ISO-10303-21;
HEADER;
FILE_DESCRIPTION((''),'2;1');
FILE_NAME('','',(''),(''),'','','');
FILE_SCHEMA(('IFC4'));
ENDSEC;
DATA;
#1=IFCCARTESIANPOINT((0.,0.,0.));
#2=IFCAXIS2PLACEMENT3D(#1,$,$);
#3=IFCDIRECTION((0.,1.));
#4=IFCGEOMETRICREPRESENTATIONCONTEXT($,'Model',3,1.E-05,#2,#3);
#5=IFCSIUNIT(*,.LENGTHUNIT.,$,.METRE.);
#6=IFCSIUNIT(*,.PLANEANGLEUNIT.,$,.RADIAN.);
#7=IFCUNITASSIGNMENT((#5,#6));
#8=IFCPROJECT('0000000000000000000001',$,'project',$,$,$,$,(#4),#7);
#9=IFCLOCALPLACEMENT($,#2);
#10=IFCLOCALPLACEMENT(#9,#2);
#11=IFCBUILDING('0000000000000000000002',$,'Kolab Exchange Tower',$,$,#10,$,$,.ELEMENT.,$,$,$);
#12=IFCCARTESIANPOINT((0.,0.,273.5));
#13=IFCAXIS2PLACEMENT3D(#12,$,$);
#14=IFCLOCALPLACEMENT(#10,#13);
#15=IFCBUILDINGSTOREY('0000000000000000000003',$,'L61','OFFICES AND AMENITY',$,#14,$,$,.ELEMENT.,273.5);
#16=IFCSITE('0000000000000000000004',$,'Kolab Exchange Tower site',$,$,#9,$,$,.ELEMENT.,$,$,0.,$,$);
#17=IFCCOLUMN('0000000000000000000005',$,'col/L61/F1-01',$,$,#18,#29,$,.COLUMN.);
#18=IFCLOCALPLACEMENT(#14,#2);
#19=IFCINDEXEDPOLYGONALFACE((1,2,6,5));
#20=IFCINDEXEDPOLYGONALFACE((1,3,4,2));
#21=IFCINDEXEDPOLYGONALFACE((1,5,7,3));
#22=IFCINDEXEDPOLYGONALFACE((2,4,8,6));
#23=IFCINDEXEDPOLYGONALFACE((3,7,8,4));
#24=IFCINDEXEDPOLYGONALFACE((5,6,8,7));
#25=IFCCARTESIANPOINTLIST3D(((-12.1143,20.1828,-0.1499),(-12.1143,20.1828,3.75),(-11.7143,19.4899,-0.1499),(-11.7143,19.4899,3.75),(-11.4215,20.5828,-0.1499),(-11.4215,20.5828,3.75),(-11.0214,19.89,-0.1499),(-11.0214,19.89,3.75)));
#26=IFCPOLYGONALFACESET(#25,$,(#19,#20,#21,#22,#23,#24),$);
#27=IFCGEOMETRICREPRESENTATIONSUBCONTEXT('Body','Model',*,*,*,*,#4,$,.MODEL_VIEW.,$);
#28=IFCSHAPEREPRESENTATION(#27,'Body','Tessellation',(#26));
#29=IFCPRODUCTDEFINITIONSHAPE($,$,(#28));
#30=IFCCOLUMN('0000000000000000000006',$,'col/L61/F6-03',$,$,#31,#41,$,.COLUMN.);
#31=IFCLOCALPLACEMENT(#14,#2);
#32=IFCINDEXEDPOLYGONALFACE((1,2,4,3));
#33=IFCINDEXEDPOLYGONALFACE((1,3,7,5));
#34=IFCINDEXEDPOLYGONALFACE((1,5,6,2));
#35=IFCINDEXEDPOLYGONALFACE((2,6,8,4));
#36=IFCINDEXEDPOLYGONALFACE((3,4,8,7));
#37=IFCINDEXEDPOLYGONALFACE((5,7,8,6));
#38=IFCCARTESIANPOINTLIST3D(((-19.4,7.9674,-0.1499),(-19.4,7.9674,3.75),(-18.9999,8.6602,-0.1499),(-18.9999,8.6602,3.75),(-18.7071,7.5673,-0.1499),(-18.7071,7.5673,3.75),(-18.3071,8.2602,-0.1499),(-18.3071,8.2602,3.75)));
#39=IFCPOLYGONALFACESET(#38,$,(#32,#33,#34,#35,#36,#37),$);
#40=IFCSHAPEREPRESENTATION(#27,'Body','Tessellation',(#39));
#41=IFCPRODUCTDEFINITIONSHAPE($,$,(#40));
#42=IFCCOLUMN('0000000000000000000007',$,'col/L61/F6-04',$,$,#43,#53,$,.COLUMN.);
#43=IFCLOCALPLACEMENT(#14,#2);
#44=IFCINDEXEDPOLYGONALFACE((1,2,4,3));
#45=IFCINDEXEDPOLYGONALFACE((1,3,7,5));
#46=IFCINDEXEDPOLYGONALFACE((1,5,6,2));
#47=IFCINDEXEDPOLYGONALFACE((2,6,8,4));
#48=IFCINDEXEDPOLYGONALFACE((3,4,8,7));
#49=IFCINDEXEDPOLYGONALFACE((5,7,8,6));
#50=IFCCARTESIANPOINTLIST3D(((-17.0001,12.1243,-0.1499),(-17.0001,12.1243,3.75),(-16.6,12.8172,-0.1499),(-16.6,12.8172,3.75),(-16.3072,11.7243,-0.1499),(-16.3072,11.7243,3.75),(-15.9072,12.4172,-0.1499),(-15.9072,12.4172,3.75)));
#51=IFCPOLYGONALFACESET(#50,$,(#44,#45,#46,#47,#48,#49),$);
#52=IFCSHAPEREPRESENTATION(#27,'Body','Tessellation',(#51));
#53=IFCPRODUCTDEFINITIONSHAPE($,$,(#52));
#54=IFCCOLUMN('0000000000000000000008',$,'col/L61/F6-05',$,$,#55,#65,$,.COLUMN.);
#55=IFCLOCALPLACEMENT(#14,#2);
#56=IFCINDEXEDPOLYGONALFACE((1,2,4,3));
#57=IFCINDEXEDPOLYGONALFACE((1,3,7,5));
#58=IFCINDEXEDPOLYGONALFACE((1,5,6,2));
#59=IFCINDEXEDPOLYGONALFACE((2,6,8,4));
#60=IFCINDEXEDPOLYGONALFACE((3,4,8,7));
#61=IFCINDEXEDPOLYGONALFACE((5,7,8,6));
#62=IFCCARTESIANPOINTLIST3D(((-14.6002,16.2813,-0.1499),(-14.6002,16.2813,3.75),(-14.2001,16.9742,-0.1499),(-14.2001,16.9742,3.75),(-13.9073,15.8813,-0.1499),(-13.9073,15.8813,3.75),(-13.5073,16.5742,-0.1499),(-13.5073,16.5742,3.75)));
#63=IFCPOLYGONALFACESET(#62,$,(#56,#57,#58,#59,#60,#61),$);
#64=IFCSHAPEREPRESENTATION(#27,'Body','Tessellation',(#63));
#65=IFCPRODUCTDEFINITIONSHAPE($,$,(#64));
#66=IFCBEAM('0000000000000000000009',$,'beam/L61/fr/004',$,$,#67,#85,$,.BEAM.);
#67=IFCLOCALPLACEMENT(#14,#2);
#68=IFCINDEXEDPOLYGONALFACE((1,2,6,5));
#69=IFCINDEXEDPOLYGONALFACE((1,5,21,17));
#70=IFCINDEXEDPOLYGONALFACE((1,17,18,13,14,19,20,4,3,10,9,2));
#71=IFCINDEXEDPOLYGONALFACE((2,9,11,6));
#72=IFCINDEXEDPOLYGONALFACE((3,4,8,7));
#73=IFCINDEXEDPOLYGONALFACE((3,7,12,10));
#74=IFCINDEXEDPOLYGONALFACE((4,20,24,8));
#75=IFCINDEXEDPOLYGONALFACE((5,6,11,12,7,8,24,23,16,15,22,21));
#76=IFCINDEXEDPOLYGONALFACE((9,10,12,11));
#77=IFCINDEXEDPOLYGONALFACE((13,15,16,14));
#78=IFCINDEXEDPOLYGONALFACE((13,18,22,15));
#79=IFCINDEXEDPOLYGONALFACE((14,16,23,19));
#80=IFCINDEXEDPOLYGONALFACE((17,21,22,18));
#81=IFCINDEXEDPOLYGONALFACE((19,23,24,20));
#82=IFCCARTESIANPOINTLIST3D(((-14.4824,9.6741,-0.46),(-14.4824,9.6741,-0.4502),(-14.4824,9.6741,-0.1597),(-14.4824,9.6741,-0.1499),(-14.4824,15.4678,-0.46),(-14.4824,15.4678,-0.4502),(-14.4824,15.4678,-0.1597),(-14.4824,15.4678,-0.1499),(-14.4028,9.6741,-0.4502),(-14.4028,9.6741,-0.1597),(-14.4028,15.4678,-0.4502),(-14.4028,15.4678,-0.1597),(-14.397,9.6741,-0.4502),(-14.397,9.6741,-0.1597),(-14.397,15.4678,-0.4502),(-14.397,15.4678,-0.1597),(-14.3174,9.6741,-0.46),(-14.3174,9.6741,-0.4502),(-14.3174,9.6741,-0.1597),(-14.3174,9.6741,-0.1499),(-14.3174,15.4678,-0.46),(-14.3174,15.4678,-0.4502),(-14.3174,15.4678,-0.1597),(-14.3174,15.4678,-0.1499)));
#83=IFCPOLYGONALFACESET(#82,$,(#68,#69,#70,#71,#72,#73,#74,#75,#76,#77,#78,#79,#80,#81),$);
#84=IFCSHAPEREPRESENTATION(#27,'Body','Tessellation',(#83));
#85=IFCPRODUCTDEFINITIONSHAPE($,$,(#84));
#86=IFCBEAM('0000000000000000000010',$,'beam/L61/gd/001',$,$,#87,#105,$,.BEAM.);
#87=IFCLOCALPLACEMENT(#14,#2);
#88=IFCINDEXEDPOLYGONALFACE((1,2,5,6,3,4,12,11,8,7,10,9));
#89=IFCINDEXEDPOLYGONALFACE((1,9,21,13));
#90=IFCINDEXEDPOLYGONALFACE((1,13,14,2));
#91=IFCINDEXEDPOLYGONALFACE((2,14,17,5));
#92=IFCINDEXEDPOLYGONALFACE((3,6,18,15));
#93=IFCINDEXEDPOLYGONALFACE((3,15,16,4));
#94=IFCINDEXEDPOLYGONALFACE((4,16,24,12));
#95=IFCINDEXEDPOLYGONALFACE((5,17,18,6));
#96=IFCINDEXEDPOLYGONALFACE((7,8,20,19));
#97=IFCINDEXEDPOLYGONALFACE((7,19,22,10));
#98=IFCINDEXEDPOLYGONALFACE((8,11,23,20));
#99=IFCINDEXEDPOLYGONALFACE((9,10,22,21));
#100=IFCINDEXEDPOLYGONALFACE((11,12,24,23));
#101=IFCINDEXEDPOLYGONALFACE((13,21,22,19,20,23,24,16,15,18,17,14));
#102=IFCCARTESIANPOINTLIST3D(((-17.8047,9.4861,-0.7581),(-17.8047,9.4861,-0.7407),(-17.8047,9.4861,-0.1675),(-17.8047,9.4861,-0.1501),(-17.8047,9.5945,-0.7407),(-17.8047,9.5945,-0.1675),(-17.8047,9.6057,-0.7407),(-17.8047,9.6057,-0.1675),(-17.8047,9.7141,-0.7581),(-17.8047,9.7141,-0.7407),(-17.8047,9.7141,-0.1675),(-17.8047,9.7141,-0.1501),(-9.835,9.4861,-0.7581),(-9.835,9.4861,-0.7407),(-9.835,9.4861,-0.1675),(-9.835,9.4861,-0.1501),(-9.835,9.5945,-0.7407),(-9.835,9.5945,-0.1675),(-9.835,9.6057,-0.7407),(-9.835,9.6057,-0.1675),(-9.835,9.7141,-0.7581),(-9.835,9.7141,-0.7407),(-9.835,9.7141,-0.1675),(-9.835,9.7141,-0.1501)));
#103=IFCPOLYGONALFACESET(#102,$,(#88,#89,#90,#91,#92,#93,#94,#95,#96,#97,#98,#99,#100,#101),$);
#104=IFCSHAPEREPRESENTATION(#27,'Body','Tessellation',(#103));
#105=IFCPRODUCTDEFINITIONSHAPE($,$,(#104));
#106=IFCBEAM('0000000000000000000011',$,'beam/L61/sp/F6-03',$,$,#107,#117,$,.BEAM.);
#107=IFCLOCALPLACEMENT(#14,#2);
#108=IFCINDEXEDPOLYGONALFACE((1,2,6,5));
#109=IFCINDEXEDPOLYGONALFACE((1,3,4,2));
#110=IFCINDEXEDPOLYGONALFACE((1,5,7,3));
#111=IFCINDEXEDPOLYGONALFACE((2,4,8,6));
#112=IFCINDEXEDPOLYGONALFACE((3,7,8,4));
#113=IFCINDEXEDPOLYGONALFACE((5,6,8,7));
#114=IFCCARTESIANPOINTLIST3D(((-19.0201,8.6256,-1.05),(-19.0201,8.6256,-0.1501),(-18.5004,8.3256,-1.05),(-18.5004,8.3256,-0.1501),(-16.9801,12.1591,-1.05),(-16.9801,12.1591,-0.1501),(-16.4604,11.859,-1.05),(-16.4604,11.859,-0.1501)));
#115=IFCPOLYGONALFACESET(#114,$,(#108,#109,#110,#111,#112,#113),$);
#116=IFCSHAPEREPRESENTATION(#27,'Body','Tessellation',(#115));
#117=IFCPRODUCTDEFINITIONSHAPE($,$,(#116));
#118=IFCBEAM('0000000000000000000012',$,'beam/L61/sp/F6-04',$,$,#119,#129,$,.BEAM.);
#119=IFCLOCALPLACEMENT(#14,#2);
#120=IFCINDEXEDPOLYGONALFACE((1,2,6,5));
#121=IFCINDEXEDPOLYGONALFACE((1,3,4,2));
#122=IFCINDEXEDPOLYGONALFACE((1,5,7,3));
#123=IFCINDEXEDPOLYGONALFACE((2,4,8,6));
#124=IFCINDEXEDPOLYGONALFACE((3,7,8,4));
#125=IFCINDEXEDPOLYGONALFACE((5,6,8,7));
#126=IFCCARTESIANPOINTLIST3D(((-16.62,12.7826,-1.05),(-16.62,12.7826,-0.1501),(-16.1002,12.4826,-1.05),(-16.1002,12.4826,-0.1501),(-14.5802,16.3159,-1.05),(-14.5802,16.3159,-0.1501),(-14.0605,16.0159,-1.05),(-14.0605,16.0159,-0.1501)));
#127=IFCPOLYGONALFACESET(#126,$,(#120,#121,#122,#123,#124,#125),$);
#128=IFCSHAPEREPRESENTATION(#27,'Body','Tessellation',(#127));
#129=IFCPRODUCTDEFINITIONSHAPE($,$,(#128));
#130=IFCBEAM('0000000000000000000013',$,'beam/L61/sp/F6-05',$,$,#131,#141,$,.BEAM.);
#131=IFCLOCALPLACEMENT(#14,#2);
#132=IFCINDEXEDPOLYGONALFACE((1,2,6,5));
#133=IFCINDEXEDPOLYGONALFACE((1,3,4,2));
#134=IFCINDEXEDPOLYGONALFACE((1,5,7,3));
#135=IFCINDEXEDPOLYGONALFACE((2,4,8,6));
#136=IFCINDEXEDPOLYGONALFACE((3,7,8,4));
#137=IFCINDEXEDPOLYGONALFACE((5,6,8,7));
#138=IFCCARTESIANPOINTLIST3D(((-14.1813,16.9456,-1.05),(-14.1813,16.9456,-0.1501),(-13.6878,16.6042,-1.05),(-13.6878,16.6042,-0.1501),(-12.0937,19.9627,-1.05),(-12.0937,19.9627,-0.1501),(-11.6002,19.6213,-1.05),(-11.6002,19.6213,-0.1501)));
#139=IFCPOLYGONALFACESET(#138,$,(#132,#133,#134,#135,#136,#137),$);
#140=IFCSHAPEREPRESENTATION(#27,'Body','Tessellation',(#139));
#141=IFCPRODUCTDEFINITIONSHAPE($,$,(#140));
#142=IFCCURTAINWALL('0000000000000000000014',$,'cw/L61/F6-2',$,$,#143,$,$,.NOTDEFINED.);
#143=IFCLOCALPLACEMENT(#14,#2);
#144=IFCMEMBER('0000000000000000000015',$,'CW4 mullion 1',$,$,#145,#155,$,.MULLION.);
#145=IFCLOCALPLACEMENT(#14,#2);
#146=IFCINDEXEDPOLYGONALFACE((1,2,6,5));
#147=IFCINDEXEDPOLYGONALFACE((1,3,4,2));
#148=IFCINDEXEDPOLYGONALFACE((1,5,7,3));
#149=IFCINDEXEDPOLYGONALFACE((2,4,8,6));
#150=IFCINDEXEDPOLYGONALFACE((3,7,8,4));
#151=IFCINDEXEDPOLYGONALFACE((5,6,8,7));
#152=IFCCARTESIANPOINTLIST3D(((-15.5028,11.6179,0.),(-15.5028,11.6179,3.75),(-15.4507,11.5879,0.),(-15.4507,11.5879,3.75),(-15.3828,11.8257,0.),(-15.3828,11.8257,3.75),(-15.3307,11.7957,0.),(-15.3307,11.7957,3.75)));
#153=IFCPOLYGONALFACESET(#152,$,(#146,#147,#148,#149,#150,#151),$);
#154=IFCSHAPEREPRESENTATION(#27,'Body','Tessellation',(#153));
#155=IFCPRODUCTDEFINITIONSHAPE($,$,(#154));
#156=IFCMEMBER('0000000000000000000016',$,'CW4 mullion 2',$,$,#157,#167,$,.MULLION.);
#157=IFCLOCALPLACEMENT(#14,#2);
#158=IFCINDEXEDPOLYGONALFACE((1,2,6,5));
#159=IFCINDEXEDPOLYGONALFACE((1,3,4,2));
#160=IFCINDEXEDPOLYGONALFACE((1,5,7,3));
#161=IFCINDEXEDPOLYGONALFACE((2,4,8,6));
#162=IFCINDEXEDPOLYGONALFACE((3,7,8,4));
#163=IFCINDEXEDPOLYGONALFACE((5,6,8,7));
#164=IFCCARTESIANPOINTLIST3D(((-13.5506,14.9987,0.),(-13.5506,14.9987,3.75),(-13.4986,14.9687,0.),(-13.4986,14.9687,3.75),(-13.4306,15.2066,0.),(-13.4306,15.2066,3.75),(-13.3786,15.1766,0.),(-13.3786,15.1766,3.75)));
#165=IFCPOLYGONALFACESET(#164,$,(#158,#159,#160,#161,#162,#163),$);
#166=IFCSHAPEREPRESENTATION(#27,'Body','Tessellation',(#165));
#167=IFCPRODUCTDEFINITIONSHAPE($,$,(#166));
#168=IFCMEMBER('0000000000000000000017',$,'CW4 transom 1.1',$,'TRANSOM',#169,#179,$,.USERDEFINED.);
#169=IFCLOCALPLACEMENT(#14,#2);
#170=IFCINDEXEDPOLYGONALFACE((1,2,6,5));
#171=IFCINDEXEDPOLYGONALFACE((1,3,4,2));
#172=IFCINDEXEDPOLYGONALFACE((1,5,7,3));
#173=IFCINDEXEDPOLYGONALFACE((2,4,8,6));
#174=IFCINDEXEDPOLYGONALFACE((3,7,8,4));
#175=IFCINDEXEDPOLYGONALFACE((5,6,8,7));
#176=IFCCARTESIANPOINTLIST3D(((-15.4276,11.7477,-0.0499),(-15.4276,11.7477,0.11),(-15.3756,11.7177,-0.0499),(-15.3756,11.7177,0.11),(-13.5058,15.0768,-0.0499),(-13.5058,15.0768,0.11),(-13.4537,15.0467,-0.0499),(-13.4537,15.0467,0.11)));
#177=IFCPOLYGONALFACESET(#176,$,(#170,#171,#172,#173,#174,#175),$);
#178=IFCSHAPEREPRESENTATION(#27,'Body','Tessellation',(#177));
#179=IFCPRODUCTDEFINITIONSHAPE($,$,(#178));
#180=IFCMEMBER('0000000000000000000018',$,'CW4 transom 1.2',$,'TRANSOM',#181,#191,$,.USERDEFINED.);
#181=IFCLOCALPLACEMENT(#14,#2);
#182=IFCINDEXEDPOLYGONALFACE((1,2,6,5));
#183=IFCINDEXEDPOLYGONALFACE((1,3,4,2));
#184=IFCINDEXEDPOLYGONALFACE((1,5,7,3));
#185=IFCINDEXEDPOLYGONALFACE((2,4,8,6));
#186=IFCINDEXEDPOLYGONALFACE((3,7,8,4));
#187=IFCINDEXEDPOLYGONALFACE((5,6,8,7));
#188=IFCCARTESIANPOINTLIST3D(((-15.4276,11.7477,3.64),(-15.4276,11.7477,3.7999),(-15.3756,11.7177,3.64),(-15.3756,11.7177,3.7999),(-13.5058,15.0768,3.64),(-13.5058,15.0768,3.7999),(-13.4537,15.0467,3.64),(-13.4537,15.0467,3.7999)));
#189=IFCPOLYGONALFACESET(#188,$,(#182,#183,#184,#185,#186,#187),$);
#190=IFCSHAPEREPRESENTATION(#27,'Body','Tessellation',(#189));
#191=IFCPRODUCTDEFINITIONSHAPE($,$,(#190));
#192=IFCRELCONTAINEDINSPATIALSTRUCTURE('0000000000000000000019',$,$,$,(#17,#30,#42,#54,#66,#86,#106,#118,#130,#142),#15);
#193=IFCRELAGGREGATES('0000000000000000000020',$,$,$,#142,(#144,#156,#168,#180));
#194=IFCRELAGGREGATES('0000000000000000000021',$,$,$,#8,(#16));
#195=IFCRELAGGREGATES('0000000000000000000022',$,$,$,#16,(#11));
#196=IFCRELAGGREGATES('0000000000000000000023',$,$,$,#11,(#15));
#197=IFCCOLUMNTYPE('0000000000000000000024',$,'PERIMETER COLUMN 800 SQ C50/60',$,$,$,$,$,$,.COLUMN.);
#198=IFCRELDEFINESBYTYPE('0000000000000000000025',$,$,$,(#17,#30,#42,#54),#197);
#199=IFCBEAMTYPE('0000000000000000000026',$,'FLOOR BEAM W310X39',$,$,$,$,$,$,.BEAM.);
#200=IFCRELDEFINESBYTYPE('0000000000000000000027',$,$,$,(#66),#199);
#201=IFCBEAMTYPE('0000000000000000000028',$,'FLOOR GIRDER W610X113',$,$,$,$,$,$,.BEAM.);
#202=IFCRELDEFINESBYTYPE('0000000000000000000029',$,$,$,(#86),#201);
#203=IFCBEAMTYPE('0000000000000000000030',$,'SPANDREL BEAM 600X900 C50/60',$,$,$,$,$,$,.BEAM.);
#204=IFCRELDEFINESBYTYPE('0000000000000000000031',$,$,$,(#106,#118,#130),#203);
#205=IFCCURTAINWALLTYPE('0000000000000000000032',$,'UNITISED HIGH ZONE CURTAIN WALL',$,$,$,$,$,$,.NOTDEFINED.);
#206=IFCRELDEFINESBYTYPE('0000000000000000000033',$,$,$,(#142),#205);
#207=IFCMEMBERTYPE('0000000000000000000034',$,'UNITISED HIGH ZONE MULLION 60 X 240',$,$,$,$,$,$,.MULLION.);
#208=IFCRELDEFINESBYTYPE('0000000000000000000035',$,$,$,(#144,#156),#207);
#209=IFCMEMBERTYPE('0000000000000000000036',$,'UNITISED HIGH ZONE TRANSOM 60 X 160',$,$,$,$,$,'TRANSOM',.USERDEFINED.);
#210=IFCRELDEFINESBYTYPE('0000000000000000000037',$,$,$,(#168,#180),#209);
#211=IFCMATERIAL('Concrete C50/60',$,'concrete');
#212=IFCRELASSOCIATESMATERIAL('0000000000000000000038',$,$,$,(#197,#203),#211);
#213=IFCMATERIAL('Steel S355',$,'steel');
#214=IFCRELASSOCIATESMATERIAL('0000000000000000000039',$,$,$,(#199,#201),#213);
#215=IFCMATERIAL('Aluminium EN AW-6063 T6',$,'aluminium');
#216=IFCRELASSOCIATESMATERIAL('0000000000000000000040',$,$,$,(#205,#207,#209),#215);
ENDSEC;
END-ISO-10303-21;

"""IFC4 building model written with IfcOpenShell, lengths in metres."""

from ifc_helpers import new_model, si_unit, direction, frame, origin, origin_2d, place, context, subcontext, project, spatial, rectangle, i_section, extrude, material, material_profile, profile_set, type_object, element, aggregate, save


model = new_model("IFC4")

# Units and contexts
model_context = context("Model", 3, precision=1e-05, world=origin(), true_north=direction((0.0, 1.0)))
body_context = subcontext(model_context, "Body", "Model", "MODEL_VIEW")
ifc_project = project(units=[si_unit("LENGTHUNIT", "METRE"), si_unit("PLANEANGLEUNIT", "RADIAN")], contexts=[model_context])

# Site, building, storey
site_placement = place(None, origin())
site = spatial("IfcSite", under=ifc_project, at=site_placement, Name="Kolab Exchange Tower site", CompositionType="ELEMENT", RefElevation=0.0)
building_placement = place(site_placement, origin())
building = spatial("IfcBuilding", under=site, at=building_placement, Name="Kolab Exchange Tower", CompositionType="ELEMENT")
storey_placement = place(building_placement, frame((0.0, 0.0, 273.5)))
storey = spatial("IfcBuildingStorey", under=building, at=storey_placement, Name="L61", Description="OFFICES AND AMENITY", CompositionType="ELEMENT", Elevation=273.5)

# Columns
ifc_material_1 = material(Name="Concrete C50/60", Category="concrete")
ifc_material_profile_1 = material_profile(ifc_material_1, rectangle(XDim=0.8, YDim=0.8, at=origin_2d()), Name="RC800")
ifc_profile_set_1 = profile_set([ifc_material_profile_1], Name="Concrete C50/60")
column_type = type_object("IfcColumnType", Name="PERIMETER COLUMN 800 SQ C50/60", PredefinedType="COLUMN", material=ifc_profile_set_1)
for number, where, z_axis, x_axis, name in (
    (1, (-11.5679, 20.0364, -0.1499), (0.0, 0.0, 1.0), (0.866025, 0.5, 0.0), "col/L61/F1-01"),
    (2, (-18.8535, 8.1138, -0.1499), (0.0, 0.0, 1.0), (0.5, 0.866025, 0.0), "col/L61/F6-03"),
    (3, (-16.4536, 12.2708, -0.1499), (0.0, 0.0, 1.0), (0.5, 0.866025, 0.0), "col/L61/F6-04"),
    (4, (-14.0537, 16.4277, -0.1499), (0.0, 0.0, 1.0), (0.5, 0.866025, 0.0), "col/L61/F6-05"),
):
    element("IfcColumn", number, at=place(storey_placement, frame(where, z_axis=z_axis, x_axis=x_axis)), inside=storey, type_object=column_type, Name=name, PredefinedType="COLUMN", context=body_context, shape_type="SweptSolid", body=[
        extrude(rectangle(XDim=0.8, YDim=0.8, at=origin_2d()), origin(), (0.0, 0.0, 1.0), 3.8999),
    ])

# Beams
ifc_material_2 = material(Name="Steel S355", Category="steel")
ifc_material_profile_2 = material_profile(ifc_material_2, i_section(OverallWidth=0.165, OverallDepth=0.3101, WebThickness=0.0059, FlangeThickness=0.0098, at=origin_2d()), Name="W310X39")
ifc_profile_set_2 = profile_set([ifc_material_profile_2], Name="Steel S355")
beam_type_1 = type_object("IfcBeamType", Name="FLOOR BEAM W310X39", PredefinedType="BEAM", material=ifc_profile_set_2)
beam_1_placement = place(storey_placement, frame((-14.3999, 9.6741, -0.3049), z_axis=(0.0, 1.0, 0.0), x_axis=(-1.0, 0.0, 0.0)))
element("IfcBeam", 5, at=beam_1_placement, inside=storey, type_object=beam_type_1, Name="beam/L61/fr/004", PredefinedType="BEAM", context=body_context, shape_type="SweptSolid", body=[
    extrude(i_section(OverallWidth=0.165, OverallDepth=0.3101, WebThickness=0.0059, FlangeThickness=0.0098, at=origin_2d()), origin(), (0.0, 0.0, 1.0), 5.7937),
])
ifc_material_profile_3 = material_profile(ifc_material_2, i_section(OverallWidth=0.228, OverallDepth=0.6079, WebThickness=0.0112, FlangeThickness=0.0173, at=origin_2d()), Name="W610X113")
ifc_profile_set_3 = profile_set([ifc_material_profile_3], Name="Steel S355")
beam_type_2 = type_object("IfcBeamType", Name="FLOOR GIRDER W610X113", PredefinedType="BEAM", material=ifc_profile_set_3)
beam_2_placement = place(storey_placement, frame((-17.8047, 9.6001, -0.4541), z_axis=(1.0, 0.0, 0.0), x_axis=(0.0, 1.0, 0.0)))
element("IfcBeam", 6, at=beam_2_placement, inside=storey, type_object=beam_type_2, Name="beam/L61/gd/001", PredefinedType="BEAM", context=body_context, shape_type="SweptSolid", body=[
    extrude(i_section(OverallWidth=0.228, OverallDepth=0.6079, WebThickness=0.0112, FlangeThickness=0.0173, at=origin_2d()), origin(), (0.0, 0.0, 1.0), 7.9697),
])
ifc_material_profile_4 = material_profile(ifc_material_1, rectangle(XDim=0.6001, YDim=0.8999, at=origin_2d()), Name="RC600X900")
ifc_profile_set_4 = profile_set([ifc_material_profile_4], Name="Concrete C50/60")
beam_type_3 = type_object("IfcBeamType", Name="SPANDREL BEAM 600X900 C50/60", PredefinedType="BEAM", material=ifc_profile_set_4)
beam_3_placement = place(storey_placement, frame((-18.7603, 8.4756, -0.6001), z_axis=(0.5, 0.866025, 0.0), x_axis=(-0.866025, 0.5, 0.0)))
element("IfcBeam", 7, at=beam_3_placement, inside=storey, type_object=beam_type_3, Name="beam/L61/sp/F6-03", PredefinedType="BEAM", context=body_context, shape_type="SweptSolid", body=[
    extrude(rectangle(XDim=0.6001, YDim=0.8999, at=origin_2d()), origin(), (0.0, 0.0, 1.0), 4.0801),
])
beam_4_placement = place(storey_placement, frame((-16.3601, 12.6326, -0.6001), z_axis=(0.499956, 0.866051, 0.0), x_axis=(-0.866051, 0.499956, 0.0)))
element("IfcBeam", 8, at=beam_4_placement, inside=storey, type_object=beam_type_3, Name="beam/L61/sp/F6-04", PredefinedType="BEAM", context=body_context, shape_type="SweptSolid", body=[
    extrude(rectangle(XDim=0.6001, YDim=0.8999, at=origin_2d()), origin(), (0.0, 0.0, 1.0), 4.0798),
])
beam_5_placement = place(storey_placement, frame((-13.9346, 16.7749, -0.6001), z_axis=(0.569006, 0.822334, 0.0), x_axis=(-0.822334, 0.569006, 0.0)))
element("IfcBeam", 9, at=beam_5_placement, inside=storey, type_object=beam_type_3, Name="beam/L61/sp/F6-05", PredefinedType="BEAM", context=body_context, shape_type="SweptSolid", body=[
    extrude(rectangle(XDim=0.6001, YDim=0.8999, at=origin_2d()), origin(), (0.0, 0.0, 1.0), 3.6689),
])

# Curtain wall, members
ifc_material_3 = material(Name="Aluminium EN AW-6063 T6", Category="aluminium")
curtain_wall_type = type_object("IfcCurtainWallType", Name="UNITISED HIGH ZONE CURTAIN WALL", PredefinedType="NOTDEFINED", material=ifc_material_3)
curtain_wall_placement = place(storey_placement, origin())
curtain_wall = element("IfcCurtainWall", 10, at=curtain_wall_placement, inside=storey, type_object=curtain_wall_type, Name="cw/L61/F6-2", PredefinedType="NOTDEFINED")
ifc_material_profile_5 = material_profile(ifc_material_3, rectangle(XDim=0.0601, YDim=0.24, at=origin_2d()), Name="RECT 60X240")
ifc_profile_set_5 = profile_set([ifc_material_profile_5], Name="Aluminium EN AW-6063 T6")
member_type_1 = type_object("IfcMemberType", Name="UNITISED HIGH ZONE MULLION 60 X 240", PredefinedType="MULLION", material=ifc_profile_set_5)
member_1_placement = place(storey_placement, frame((-15.4167, 11.7068, 0.0), z_axis=(0.0, 0.0, 1.0), x_axis=(-0.866025, 0.5, 0.0)))
member_1 = element("IfcMember", 11, at=member_1_placement, type_object=member_type_1, Name="CW4 mullion 1", PredefinedType="MULLION", context=body_context, shape_type="SweptSolid", body=[
    extrude(rectangle(XDim=0.0601, YDim=0.24, at=origin_2d()), origin(), (0.0, 0.0, 1.0), 3.75),
])
member_2_placement = place(storey_placement, frame((-13.4646, 15.0876, 0.0), z_axis=(0.0, 0.0, 1.0), x_axis=(-0.866025, 0.5, 0.0)))
member_2 = element("IfcMember", 12, at=member_2_placement, type_object=member_type_1, Name="CW4 mullion 2", PredefinedType="MULLION", context=body_context, shape_type="SweptSolid", body=[
    extrude(rectangle(XDim=0.0601, YDim=0.24, at=origin_2d()), origin(), (0.0, 0.0, 1.0), 3.75),
])
ifc_material_profile_6 = material_profile(ifc_material_3, rectangle(XDim=0.0601, YDim=0.1599, at=origin_2d()), Name="RECT 60X160")
ifc_profile_set_6 = profile_set([ifc_material_profile_6], Name="Aluminium EN AW-6063 T6")
member_type_2 = type_object("IfcMemberType", Name="UNITISED HIGH ZONE TRANSOM 60 X 160", ElementType="TRANSOM", PredefinedType="USERDEFINED", material=ifc_profile_set_6)
member_3_placement = place(storey_placement, frame((-15.4016, 11.7327, 0.03), z_axis=(0.499964, 0.866046, 0.0), x_axis=(-0.866046, 0.499964, 0.0)))
member_3 = element("IfcMember", 13, at=member_3_placement, type_object=member_type_2, Name="CW4 transom 1.1", ObjectType="TRANSOM", PredefinedType="USERDEFINED", context=body_context, shape_type="SweptSolid", body=[
    extrude(rectangle(XDim=0.0601, YDim=0.1599, at=origin_2d()), origin(), (0.0, 0.0, 1.0), 3.844),
])
member_4_placement = place(storey_placement, frame((-15.4016, 11.7327, 3.72), z_axis=(0.499964, 0.866046, 0.0), x_axis=(-0.866046, 0.499964, 0.0)))
member_4 = element("IfcMember", 14, at=member_4_placement, type_object=member_type_2, Name="CW4 transom 1.2", ObjectType="TRANSOM", PredefinedType="USERDEFINED", context=body_context, shape_type="SweptSolid", body=[
    extrude(rectangle(XDim=0.0601, YDim=0.1599, at=origin_2d()), origin(), (0.0, 0.0, 1.0), 3.844),
])
aggregate(curtain_wall, [member_1, member_2, member_3, member_4])

save(model, "model.ifc")
